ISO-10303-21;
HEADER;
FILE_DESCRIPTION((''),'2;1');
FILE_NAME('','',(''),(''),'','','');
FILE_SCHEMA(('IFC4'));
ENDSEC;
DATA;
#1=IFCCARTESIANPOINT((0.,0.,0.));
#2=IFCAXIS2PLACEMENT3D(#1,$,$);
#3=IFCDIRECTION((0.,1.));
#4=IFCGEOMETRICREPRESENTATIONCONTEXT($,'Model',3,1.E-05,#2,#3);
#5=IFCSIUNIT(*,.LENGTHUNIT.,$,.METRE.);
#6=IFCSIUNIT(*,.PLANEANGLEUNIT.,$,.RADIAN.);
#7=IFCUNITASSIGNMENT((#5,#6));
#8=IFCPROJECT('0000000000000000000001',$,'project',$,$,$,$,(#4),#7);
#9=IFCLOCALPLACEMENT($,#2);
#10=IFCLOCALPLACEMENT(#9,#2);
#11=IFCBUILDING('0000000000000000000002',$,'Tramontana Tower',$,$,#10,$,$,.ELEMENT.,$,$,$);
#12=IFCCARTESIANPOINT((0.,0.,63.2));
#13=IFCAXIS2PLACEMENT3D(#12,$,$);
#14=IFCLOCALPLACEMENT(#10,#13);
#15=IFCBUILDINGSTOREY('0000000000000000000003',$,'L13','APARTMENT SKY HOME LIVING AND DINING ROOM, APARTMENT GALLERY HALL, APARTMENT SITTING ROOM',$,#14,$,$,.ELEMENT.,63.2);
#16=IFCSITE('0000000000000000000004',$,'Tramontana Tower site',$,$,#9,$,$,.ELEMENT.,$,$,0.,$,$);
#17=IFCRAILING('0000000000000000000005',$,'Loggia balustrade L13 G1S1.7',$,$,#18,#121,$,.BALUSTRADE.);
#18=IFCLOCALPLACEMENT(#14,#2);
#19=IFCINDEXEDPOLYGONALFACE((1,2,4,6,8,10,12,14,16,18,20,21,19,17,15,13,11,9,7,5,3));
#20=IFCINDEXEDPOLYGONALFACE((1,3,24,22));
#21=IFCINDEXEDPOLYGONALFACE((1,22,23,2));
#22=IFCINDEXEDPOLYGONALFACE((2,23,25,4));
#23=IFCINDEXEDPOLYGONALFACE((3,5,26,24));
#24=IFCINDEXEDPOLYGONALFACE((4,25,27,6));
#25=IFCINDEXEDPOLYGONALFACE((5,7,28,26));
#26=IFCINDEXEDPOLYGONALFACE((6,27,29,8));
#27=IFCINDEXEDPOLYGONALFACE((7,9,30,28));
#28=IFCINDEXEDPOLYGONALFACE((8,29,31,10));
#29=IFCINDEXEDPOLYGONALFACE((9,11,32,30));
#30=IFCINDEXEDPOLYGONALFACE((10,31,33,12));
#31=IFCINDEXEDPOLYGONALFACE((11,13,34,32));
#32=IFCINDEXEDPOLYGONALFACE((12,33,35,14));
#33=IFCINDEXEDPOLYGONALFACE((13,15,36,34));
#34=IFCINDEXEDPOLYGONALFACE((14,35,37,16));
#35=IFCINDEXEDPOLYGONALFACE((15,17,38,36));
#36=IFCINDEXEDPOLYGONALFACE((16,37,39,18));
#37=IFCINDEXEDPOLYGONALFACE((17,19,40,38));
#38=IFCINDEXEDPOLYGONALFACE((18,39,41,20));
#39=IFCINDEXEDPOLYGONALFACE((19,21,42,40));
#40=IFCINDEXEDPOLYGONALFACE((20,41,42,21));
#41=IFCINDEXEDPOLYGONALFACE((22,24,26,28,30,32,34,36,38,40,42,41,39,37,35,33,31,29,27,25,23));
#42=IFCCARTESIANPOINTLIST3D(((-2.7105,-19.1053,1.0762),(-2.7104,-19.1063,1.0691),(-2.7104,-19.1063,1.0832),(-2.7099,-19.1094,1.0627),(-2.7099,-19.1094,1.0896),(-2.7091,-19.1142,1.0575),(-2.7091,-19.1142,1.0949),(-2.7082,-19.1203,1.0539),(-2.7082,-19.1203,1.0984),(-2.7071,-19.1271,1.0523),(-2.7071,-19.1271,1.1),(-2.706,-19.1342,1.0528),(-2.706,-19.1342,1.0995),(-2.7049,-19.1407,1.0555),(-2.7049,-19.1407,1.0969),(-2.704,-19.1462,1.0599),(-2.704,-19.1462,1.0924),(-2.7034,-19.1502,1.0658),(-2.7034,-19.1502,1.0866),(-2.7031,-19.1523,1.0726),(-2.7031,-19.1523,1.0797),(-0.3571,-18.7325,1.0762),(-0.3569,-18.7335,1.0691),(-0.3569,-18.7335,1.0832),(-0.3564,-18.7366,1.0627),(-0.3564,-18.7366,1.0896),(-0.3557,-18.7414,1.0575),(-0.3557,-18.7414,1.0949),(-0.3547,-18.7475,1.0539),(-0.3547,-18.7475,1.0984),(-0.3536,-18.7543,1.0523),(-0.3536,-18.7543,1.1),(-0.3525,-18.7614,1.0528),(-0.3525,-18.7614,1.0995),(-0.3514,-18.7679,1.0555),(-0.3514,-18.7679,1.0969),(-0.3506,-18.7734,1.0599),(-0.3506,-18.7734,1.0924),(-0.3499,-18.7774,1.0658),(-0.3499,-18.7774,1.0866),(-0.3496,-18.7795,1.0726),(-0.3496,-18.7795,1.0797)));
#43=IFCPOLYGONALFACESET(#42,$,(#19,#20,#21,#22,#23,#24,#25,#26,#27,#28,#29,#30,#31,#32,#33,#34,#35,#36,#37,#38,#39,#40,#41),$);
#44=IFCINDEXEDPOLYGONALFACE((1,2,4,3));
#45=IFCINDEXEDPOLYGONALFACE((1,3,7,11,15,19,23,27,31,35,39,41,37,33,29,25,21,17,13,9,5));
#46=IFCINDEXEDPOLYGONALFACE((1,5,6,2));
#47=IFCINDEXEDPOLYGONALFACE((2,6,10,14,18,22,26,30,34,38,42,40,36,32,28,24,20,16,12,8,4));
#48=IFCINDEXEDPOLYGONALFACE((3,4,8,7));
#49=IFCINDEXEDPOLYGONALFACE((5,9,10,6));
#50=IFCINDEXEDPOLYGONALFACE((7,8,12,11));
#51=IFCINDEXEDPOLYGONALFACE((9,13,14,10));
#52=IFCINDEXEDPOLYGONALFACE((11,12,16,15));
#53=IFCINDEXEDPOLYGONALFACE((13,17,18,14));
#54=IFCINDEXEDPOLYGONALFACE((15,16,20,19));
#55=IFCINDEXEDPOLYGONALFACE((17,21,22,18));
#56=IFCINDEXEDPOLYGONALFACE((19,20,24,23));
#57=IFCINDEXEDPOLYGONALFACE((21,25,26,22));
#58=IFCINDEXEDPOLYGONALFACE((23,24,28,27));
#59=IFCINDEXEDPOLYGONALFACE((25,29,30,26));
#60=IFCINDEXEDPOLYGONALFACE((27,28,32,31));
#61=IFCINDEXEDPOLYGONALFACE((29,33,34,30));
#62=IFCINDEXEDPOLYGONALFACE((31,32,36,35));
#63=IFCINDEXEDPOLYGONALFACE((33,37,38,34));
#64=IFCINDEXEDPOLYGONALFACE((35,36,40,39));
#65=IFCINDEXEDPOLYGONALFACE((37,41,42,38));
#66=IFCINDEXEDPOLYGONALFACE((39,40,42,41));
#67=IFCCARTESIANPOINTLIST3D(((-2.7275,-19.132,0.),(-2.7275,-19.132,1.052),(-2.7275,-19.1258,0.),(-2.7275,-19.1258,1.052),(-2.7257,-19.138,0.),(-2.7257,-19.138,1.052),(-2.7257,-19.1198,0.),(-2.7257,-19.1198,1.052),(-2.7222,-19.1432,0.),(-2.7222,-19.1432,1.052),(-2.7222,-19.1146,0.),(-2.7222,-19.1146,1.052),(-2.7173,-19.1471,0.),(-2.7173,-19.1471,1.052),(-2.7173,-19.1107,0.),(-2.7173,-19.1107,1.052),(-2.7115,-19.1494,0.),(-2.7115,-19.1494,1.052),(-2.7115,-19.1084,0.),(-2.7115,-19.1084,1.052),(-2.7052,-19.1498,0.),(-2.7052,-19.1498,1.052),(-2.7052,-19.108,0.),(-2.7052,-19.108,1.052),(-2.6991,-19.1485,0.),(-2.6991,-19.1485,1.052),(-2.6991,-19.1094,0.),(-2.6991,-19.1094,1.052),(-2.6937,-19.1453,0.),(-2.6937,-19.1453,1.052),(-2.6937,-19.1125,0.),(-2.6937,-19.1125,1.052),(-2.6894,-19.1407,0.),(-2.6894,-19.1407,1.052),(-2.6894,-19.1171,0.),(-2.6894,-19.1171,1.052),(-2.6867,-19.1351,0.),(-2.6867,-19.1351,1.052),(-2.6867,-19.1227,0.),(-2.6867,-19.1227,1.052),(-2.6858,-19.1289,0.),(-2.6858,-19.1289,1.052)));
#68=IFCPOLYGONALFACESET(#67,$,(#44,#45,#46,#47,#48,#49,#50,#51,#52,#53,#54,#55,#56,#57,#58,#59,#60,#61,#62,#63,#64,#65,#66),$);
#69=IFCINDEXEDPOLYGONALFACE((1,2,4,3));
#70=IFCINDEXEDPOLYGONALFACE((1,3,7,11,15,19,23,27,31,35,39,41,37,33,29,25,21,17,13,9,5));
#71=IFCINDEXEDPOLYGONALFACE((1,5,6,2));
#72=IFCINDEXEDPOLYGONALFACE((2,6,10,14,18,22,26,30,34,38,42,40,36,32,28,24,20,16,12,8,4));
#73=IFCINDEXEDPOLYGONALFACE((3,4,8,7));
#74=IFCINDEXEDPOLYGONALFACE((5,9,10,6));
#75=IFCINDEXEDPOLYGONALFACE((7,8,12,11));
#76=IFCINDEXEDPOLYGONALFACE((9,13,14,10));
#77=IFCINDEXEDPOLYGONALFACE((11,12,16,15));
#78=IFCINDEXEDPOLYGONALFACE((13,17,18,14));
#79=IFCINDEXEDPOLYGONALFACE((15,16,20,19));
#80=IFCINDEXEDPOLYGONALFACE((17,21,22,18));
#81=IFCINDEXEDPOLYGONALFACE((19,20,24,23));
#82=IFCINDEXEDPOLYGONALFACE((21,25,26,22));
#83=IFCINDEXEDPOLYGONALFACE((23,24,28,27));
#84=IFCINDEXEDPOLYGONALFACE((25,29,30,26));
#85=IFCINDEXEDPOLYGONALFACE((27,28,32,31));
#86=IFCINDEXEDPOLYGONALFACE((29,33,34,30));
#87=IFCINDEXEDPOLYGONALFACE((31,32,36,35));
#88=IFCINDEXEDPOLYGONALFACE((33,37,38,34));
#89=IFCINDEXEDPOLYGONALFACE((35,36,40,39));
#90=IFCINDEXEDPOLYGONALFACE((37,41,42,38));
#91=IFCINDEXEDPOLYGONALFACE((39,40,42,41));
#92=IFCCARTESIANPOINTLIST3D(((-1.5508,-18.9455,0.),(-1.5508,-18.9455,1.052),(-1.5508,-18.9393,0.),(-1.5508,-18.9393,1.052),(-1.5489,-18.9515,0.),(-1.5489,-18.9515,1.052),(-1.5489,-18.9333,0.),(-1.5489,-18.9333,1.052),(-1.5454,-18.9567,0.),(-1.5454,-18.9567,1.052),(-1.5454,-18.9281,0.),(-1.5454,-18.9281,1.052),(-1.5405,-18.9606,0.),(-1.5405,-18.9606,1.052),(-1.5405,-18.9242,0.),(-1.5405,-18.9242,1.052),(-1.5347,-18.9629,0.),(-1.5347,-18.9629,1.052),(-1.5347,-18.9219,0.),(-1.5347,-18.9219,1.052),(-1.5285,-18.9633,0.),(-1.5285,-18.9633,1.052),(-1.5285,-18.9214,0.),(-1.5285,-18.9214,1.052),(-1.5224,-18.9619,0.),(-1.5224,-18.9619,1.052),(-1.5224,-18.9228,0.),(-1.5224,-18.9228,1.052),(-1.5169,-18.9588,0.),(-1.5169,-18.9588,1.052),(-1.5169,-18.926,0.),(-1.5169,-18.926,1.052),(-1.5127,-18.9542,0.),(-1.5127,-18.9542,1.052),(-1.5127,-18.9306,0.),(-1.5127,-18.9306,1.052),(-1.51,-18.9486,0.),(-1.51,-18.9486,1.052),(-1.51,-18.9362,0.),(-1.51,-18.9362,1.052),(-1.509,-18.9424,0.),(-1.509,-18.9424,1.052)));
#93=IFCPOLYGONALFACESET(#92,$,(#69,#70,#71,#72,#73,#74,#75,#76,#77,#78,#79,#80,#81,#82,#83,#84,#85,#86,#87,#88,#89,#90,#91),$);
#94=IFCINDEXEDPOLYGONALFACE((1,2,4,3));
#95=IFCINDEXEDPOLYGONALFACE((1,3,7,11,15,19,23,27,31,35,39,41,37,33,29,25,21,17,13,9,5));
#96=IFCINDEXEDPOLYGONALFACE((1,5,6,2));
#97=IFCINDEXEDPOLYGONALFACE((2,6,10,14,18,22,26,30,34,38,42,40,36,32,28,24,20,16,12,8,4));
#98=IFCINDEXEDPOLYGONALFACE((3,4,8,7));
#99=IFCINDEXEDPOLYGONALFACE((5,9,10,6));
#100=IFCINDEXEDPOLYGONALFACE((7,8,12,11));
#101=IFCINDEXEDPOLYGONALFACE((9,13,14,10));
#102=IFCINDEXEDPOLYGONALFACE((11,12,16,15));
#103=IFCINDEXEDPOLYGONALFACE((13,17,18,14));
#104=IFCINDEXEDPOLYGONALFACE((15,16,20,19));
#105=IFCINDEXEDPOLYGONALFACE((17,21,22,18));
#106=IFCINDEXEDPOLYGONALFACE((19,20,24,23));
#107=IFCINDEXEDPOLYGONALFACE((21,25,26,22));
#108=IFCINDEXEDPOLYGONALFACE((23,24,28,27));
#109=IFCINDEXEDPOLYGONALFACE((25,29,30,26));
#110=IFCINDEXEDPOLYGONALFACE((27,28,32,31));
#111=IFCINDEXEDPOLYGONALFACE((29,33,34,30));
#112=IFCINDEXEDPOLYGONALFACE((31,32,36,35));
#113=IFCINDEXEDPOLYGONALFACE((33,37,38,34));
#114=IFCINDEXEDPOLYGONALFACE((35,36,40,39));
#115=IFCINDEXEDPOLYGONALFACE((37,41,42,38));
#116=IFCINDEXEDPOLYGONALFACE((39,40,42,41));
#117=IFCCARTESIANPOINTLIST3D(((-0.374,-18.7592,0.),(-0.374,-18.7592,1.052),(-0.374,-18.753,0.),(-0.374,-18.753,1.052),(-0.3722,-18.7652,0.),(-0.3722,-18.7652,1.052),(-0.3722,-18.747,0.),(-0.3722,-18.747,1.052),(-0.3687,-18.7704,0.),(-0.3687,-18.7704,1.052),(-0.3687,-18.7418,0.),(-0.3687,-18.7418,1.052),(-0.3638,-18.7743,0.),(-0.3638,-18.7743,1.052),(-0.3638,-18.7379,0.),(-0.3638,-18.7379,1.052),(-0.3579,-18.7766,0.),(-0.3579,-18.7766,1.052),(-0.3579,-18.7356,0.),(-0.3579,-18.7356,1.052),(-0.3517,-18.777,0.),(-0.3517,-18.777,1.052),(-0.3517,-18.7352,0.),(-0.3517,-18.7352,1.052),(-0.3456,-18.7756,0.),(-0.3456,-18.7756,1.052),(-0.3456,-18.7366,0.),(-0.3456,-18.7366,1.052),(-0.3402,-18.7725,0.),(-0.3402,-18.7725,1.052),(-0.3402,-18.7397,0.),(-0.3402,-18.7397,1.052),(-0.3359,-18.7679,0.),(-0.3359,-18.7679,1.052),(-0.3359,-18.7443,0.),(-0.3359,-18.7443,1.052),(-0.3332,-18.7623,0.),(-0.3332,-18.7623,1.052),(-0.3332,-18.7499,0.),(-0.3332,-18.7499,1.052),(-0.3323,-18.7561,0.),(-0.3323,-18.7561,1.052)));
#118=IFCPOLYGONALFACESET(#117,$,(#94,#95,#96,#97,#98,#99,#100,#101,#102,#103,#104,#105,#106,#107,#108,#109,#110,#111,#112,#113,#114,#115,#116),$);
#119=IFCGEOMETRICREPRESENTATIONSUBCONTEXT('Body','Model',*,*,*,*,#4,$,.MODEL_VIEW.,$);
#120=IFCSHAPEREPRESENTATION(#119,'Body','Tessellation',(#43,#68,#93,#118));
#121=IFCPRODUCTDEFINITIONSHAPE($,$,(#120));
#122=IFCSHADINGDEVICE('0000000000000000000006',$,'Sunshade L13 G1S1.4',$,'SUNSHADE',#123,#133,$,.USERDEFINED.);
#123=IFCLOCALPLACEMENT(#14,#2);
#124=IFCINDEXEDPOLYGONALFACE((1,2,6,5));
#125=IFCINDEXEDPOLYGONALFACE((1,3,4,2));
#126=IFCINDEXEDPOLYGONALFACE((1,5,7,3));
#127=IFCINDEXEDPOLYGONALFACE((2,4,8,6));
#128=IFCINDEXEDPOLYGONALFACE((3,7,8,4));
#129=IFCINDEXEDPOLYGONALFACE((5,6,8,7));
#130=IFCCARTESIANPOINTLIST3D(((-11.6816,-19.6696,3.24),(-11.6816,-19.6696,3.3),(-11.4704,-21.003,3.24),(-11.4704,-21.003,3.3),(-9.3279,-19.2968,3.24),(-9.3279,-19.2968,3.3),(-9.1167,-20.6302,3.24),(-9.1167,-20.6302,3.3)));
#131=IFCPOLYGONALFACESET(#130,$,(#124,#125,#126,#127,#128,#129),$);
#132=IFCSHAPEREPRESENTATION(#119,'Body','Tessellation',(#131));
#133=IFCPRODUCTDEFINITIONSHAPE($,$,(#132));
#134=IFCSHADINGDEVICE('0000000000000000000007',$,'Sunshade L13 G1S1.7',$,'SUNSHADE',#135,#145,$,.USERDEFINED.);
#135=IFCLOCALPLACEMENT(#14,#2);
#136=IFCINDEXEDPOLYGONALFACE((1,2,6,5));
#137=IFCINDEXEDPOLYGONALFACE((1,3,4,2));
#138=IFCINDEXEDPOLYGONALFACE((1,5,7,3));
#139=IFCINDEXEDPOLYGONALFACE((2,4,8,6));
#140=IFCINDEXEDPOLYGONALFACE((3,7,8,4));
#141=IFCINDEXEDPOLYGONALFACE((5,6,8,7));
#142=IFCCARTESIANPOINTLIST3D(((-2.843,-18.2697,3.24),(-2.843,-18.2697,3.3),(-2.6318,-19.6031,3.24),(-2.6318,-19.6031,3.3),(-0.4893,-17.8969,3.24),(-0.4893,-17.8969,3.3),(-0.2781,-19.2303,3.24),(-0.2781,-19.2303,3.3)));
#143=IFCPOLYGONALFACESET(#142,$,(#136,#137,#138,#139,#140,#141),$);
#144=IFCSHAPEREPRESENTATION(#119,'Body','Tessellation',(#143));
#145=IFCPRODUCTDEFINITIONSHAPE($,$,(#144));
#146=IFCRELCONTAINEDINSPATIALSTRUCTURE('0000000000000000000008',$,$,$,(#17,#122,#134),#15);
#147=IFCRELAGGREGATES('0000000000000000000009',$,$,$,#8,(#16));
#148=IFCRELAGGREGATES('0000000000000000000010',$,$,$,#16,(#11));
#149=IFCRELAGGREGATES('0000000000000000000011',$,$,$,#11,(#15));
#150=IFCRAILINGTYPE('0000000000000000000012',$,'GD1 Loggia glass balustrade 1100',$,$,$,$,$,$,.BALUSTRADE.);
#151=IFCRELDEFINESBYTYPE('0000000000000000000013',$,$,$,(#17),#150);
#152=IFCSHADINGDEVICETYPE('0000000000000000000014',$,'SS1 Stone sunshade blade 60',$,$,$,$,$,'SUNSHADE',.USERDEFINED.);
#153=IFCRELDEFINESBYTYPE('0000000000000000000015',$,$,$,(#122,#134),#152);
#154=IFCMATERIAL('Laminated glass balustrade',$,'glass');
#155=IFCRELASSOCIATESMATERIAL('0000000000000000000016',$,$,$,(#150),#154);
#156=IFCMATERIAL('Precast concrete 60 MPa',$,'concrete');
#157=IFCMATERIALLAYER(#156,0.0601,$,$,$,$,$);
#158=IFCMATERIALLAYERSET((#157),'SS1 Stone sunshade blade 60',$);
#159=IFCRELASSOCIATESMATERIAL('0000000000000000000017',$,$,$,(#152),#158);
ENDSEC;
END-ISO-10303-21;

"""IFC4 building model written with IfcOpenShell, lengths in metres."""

from ifc_helpers import new_model, si_unit, direction, frame, origin, origin_2d, place, context, subcontext, project, spatial, rectangle, circle, extrude, material, layer, layer_set, type_object, element, save


model = new_model("IFC4")

# Units and contexts
model_context = context("Model", 3, precision=1e-05, world=origin(), true_north=direction((0.0, 1.0)))
body_context = subcontext(model_context, "Body", "Model", "MODEL_VIEW")
ifc_project = project(units=[si_unit("LENGTHUNIT", "METRE"), si_unit("PLANEANGLEUNIT", "RADIAN")], contexts=[model_context])

# Site, building, storey
site_placement = place(None, origin())
site = spatial("IfcSite", under=ifc_project, at=site_placement, Name="Tramontana Tower site", CompositionType="ELEMENT", RefElevation=0.0)
building_placement = place(site_placement, origin())
building = spatial("IfcBuilding", under=site, at=building_placement, Name="Tramontana Tower", CompositionType="ELEMENT")
storey_placement = place(building_placement, frame((0.0, 0.0, 63.2)))
storey = spatial("IfcBuildingStorey", under=building, at=storey_placement, Name="L13", Description="APARTMENT SKY HOME LIVING AND DINING ROOM, APARTMENT GALLERY HALL, APARTMENT SITTING ROOM", CompositionType="ELEMENT", Elevation=63.2)

# Railing
ifc_material_1 = material(Name="Laminated glass balustrade", Category="glass")
railing_type = type_object("IfcRailingType", Name="GD1 Loggia glass balustrade 1100", PredefinedType="BALUSTRADE", material=ifc_material_1)
railing_1_placement = place(storey_placement, frame((-2.7068, -19.1289, 0.0)))
element("IfcRailing", 1, at=railing_1_placement, inside=storey, type_object=railing_type, Name="Loggia balustrade L13 G1S1.7", PredefinedType="BALUSTRADE", context=body_context, shape_type="SweptSolid", body=[
    extrude(circle(Radius=0.0239, at=origin_2d()), frame((0.0, 0.0, 1.0762), z_axis=(0.987686, 0.156452, 0.0), x_axis=(-0.156452, 0.987686, 0.0)), (0.0, 0.0, 1.0), 2.3828),
    extrude(circle(Radius=0.021, at=origin_2d()), origin(), (0.0, 0.0, 1.0), 1.052),
    extrude(circle(Radius=0.021, at=origin_2d()), frame((1.1768, 0.1865, 0.0)), (0.0, 0.0, 1.0), 1.052),
    extrude(circle(Radius=0.021, at=origin_2d()), frame((2.3535, 0.3728, 0.0)), (0.0, 0.0, 1.0), 1.052),
])

# Shading devices
ifc_material_2 = material(Name="Precast concrete 60 MPa", Category="concrete")
ifc_layer_1 = layer(ifc_material_2, 0.0601)
ifc_layer_set_1 = layer_set([ifc_layer_1], Name="SS1 Stone sunshade blade 60")
shading_device_type = type_object("IfcShadingDeviceType", Name="SS1 Stone sunshade blade 60", ElementType="SUNSHADE", PredefinedType="USERDEFINED", material=ifc_layer_set_1)
for number, where, z_axis, x_axis, name in (
    (2, (-10.3992, -20.1499, 3.24), (0.0, 0.0, 1.0), (0.987688, 0.156434, 0.0), "Sunshade L13 G1S1.4"),
    (3, (-1.5605, -18.75, 3.24), (0.0, 0.0, 1.0), (0.987688, 0.156434, 0.0), "Sunshade L13 G1S1.7"),
):
    element("IfcShadingDevice", number, at=place(storey_placement, frame(where, z_axis=z_axis, x_axis=x_axis)), inside=storey, type_object=shading_device_type, Name=name, ObjectType="SUNSHADE", PredefinedType="USERDEFINED", context=body_context, shape_type="SweptSolid", body=[
        extrude(rectangle(XDim=2.3831, YDim=1.3501, at=origin_2d()), origin(), (0.0, 0.0, 1.0), 0.0601),
    ])

save(model, "model.ifc")
